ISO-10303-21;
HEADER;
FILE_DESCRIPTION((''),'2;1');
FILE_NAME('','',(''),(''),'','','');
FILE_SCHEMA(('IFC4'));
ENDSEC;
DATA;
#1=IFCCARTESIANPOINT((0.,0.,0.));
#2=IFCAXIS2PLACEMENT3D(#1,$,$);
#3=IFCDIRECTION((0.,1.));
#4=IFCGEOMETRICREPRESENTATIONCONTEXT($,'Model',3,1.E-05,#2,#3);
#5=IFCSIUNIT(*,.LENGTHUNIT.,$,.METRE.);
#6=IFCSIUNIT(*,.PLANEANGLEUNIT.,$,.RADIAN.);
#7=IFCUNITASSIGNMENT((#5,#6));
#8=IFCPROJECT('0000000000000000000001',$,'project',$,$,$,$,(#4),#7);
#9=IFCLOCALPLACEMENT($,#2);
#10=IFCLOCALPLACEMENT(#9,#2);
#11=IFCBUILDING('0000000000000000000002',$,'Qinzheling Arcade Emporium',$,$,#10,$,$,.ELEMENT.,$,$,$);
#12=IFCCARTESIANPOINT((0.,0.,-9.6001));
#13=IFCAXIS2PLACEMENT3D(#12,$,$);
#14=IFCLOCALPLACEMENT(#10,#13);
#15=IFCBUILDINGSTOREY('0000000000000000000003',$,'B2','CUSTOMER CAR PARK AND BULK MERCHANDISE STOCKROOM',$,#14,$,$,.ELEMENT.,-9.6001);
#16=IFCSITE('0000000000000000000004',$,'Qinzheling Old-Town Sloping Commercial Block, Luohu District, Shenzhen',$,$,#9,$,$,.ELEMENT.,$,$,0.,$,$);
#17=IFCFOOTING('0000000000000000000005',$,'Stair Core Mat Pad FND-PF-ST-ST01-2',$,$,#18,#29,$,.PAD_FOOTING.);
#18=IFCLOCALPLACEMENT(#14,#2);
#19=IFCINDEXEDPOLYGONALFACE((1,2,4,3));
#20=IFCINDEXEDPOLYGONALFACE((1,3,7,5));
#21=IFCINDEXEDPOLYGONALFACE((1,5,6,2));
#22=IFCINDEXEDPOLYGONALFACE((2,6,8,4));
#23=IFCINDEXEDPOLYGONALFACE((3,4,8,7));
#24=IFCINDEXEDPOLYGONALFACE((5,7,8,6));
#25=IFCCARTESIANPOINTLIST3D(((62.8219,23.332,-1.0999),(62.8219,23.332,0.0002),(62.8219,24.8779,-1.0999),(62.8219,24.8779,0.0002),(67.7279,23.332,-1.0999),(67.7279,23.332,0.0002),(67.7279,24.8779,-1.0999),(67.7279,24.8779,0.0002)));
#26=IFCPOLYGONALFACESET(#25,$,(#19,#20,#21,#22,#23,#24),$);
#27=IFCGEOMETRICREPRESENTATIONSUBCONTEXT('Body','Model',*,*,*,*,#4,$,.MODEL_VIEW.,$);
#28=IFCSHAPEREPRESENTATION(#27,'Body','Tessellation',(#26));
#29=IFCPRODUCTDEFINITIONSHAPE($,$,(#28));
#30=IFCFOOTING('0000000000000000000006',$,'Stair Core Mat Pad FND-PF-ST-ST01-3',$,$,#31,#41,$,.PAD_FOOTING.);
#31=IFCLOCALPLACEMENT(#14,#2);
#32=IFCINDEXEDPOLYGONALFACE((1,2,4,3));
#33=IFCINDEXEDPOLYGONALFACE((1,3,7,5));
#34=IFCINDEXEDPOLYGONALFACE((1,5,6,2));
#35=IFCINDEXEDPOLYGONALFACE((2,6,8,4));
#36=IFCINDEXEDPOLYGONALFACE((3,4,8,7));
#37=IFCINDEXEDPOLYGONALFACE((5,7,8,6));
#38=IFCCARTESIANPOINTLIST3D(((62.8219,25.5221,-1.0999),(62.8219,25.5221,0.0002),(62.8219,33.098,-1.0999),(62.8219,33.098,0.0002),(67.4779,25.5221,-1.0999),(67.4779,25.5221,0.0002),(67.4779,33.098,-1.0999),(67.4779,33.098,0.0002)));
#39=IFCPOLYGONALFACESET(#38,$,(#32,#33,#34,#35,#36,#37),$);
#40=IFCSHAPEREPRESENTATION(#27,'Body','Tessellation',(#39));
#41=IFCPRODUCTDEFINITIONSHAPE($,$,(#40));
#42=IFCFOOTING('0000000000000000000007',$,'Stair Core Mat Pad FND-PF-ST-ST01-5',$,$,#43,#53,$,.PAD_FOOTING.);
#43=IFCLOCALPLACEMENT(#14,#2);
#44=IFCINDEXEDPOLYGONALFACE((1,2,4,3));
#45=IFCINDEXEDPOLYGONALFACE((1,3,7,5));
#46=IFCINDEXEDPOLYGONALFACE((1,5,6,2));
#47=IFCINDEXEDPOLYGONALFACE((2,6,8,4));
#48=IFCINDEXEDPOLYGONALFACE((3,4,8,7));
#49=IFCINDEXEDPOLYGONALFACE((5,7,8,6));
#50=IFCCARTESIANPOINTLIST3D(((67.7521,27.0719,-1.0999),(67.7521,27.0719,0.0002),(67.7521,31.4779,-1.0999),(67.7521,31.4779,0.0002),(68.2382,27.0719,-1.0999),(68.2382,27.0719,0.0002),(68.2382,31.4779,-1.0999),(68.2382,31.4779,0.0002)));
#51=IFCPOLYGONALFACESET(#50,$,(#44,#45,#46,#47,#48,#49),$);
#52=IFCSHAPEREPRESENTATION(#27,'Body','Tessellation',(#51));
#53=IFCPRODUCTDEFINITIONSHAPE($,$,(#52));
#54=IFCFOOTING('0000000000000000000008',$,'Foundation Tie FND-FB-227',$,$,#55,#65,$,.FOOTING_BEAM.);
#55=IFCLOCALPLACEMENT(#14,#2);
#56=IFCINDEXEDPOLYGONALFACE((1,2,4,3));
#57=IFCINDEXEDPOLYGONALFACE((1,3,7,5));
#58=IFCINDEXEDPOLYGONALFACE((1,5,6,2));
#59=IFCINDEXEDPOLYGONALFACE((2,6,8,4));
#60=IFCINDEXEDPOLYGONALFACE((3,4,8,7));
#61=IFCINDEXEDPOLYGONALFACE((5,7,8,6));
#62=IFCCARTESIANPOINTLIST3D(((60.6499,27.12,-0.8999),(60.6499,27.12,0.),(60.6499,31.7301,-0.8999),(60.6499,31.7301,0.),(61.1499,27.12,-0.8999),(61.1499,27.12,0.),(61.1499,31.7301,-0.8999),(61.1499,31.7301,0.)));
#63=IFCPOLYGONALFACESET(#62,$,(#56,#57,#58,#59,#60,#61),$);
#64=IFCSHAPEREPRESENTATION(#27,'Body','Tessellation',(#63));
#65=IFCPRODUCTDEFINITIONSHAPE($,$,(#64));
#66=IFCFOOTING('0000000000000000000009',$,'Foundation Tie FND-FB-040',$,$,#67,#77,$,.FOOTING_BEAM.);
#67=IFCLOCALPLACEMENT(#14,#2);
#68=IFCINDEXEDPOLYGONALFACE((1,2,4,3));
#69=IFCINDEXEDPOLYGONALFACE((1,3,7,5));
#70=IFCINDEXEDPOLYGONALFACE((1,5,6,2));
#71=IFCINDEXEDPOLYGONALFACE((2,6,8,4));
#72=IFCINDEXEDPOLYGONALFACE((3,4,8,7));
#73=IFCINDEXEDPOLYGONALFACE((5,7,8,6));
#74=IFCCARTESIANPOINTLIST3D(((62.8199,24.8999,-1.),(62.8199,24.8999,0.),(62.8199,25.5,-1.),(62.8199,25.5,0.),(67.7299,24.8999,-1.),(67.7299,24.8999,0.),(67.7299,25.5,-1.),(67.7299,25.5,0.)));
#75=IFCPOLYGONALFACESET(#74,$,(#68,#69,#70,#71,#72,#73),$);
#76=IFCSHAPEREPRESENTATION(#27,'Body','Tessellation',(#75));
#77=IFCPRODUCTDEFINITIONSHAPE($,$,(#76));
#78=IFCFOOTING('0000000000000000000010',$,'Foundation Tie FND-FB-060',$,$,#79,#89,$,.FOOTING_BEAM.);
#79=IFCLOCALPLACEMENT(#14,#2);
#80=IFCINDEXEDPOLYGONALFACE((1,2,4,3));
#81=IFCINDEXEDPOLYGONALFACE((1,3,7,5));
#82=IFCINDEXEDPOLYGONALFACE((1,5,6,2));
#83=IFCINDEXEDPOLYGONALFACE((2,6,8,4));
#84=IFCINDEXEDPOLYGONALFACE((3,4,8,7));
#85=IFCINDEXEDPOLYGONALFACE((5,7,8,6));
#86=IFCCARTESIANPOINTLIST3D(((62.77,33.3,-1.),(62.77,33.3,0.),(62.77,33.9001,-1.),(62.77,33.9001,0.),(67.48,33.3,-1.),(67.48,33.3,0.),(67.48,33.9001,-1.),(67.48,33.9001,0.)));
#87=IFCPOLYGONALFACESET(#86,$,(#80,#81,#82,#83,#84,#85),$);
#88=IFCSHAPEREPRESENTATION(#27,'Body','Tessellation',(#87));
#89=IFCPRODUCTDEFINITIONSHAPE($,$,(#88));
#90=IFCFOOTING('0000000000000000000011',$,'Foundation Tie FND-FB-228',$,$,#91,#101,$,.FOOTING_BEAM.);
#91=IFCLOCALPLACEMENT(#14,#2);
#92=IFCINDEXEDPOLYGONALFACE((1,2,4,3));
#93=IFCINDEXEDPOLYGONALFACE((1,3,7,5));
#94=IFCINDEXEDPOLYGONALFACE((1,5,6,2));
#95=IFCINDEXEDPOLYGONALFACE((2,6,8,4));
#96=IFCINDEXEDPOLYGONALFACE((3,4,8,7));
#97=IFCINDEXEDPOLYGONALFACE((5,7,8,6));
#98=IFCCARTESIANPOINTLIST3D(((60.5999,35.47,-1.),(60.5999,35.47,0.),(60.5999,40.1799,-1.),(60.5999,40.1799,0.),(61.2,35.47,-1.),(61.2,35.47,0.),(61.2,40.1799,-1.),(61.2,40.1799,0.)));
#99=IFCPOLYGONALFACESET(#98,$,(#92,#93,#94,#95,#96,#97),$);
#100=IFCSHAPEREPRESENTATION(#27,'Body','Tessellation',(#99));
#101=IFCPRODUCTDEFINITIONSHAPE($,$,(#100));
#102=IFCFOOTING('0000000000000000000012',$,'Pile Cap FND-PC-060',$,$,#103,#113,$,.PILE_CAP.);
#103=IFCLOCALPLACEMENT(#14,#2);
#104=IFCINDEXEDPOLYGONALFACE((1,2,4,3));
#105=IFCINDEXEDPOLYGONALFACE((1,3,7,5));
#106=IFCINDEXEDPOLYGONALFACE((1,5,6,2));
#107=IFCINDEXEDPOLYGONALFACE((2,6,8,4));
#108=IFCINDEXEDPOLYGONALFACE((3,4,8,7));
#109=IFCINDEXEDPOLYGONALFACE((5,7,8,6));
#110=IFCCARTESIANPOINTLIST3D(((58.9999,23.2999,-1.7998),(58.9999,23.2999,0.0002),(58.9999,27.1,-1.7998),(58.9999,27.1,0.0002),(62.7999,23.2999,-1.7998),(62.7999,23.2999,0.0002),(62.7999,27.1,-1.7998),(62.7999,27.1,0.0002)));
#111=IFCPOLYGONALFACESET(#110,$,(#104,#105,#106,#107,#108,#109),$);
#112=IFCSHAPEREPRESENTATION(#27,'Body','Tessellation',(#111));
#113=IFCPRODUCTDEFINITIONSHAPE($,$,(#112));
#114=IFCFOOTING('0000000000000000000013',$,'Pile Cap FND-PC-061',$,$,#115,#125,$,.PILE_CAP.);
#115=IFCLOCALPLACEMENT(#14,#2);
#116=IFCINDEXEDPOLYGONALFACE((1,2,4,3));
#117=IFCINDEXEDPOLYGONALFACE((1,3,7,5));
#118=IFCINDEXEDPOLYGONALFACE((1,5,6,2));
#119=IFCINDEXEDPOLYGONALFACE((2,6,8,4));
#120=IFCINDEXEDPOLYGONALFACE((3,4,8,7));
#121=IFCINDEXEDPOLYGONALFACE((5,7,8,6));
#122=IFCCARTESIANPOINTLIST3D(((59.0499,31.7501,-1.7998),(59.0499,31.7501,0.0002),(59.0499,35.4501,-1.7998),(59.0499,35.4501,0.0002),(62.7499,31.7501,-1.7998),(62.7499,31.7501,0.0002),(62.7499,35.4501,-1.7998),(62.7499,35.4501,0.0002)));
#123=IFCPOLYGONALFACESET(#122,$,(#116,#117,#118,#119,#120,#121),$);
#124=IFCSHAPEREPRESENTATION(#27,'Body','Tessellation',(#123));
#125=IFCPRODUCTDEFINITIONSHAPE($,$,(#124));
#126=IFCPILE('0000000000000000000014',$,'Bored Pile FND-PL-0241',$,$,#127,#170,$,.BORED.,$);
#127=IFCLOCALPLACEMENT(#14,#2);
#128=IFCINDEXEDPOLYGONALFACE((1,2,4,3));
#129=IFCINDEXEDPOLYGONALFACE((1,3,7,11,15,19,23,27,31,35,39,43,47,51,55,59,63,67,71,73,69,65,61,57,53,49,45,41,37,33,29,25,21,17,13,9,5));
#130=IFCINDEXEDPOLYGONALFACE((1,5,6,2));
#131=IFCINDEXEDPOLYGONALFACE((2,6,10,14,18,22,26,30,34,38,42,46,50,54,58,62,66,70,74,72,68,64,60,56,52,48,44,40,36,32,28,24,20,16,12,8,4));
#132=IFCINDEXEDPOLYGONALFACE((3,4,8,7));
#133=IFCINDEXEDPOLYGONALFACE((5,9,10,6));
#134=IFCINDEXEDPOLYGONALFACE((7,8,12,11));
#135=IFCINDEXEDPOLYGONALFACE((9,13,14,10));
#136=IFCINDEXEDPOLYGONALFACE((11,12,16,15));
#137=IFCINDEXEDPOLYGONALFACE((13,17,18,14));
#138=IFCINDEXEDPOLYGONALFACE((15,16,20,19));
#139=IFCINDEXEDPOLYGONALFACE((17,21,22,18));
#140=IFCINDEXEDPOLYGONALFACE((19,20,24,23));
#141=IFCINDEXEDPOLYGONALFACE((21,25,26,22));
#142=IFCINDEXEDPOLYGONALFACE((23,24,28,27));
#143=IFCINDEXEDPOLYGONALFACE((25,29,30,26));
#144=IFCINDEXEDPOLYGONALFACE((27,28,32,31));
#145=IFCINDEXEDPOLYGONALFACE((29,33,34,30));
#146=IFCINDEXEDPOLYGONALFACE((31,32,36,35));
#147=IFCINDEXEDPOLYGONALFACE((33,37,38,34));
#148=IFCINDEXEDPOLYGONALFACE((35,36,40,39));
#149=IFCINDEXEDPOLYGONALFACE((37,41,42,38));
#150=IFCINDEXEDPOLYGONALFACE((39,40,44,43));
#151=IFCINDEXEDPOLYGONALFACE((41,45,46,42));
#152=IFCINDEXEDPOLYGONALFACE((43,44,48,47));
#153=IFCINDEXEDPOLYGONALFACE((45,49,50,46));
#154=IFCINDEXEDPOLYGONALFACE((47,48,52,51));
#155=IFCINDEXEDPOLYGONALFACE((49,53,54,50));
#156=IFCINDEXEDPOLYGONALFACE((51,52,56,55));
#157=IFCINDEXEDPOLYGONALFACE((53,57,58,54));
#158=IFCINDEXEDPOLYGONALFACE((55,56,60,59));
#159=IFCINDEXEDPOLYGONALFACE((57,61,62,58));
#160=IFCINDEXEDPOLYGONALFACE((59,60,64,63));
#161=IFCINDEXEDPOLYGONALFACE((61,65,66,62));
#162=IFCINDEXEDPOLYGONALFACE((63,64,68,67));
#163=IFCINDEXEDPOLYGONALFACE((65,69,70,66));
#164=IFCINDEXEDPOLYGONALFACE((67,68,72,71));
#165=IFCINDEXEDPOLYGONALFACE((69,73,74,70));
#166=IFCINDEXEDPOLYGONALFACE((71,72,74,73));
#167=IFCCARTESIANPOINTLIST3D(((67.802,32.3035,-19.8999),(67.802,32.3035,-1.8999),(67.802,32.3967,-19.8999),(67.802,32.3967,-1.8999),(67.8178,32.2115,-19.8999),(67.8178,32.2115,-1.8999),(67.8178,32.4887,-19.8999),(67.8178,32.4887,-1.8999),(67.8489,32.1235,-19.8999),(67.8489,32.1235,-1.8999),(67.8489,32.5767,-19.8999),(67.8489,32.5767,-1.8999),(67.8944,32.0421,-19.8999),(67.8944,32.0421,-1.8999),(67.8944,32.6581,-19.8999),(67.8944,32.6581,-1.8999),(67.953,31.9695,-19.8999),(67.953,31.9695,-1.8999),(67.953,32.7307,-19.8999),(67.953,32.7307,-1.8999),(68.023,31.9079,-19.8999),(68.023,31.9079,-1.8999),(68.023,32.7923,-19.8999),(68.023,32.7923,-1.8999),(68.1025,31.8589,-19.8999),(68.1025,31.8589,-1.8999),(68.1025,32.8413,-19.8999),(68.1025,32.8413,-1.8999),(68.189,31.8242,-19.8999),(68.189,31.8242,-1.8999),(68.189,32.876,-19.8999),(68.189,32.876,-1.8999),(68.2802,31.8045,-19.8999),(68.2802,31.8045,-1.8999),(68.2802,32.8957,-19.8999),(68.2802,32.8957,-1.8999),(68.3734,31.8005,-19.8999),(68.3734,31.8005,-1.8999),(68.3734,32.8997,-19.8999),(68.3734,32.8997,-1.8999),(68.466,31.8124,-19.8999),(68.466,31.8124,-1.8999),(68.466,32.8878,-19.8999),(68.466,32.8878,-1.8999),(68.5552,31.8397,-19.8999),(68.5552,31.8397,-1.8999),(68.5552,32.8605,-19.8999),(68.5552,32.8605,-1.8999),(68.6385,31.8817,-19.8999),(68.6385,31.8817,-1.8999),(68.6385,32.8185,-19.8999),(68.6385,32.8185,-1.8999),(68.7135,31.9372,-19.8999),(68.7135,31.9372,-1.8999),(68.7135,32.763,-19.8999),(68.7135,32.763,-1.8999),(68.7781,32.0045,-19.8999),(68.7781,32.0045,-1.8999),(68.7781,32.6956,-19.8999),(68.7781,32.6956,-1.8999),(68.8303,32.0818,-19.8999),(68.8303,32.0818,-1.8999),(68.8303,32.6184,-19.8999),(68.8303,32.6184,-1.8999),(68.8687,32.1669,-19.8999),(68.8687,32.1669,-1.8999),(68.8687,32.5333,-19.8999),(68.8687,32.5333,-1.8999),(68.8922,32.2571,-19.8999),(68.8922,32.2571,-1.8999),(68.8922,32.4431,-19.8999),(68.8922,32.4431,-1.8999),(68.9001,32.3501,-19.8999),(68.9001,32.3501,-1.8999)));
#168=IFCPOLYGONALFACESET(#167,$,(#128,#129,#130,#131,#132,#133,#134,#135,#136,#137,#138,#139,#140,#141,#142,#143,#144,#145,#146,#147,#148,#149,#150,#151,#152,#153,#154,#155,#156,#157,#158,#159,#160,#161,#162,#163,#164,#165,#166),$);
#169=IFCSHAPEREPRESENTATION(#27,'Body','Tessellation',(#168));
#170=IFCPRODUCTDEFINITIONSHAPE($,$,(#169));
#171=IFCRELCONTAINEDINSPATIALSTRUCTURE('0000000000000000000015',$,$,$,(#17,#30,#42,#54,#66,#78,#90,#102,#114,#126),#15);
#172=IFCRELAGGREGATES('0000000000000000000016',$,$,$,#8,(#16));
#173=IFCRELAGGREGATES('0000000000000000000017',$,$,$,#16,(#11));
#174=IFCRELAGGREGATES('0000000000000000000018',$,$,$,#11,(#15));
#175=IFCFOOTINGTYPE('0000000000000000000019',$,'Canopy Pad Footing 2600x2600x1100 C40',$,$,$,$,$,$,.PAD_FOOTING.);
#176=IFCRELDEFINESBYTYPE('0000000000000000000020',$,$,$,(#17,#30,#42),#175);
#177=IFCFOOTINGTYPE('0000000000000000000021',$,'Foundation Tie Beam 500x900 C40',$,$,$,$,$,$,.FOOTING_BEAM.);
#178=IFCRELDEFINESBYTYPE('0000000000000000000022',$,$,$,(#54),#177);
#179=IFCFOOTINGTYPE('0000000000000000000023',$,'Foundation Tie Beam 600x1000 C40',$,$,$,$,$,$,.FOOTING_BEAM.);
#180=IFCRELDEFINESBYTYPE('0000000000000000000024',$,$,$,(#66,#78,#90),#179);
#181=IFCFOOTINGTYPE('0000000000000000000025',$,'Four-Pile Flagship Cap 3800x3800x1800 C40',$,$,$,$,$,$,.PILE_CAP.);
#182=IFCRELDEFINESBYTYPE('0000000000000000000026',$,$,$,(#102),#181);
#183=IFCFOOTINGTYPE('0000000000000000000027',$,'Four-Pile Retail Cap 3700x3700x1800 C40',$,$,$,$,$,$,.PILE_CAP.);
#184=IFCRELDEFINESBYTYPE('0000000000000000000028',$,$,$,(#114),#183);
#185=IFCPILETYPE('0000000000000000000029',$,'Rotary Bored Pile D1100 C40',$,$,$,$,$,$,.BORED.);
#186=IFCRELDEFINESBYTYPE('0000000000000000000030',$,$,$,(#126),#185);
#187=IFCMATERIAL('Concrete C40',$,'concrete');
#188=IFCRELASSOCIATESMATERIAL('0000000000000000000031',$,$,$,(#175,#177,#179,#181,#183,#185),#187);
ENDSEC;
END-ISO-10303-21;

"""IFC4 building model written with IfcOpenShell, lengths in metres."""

from ifc_helpers import new_model, si_unit, direction, frame, origin, origin_2d, place, context, subcontext, project, spatial, rectangle, circle, extrude, material, material_profile, profile_set, type_object, element, save


model = new_model("IFC4")

# Units and contexts
model_context = context("Model", 3, precision=1e-05, world=origin(), true_north=direction((0.0, 1.0)))
body_context = subcontext(model_context, "Body", "Model", "MODEL_VIEW")
ifc_project = project(units=[si_unit("LENGTHUNIT", "METRE"), si_unit("PLANEANGLEUNIT", "RADIAN")], contexts=[model_context])

# Site, building, storey
site_placement = place(None, origin())
site = spatial("IfcSite", under=ifc_project, at=site_placement, Name="Qinzheling Old-Town Sloping Commercial Block, Luohu District, Shenzhen", CompositionType="ELEMENT", RefElevation=0.0)
building_placement = place(site_placement, origin())
building = spatial("IfcBuilding", under=site, at=building_placement, Name="Qinzheling Arcade Emporium", CompositionType="ELEMENT")
storey_placement = place(building_placement, frame((0.0, 0.0, -9.6001)))
storey = spatial("IfcBuildingStorey", under=building, at=storey_placement, Name="B2", Description="CUSTOMER CAR PARK AND BULK MERCHANDISE STOCKROOM", CompositionType="ELEMENT", Elevation=-9.6001)

# Footings
ifc_material_1 = material(Name="Concrete C40", Category="concrete")
footing_type_1 = type_object("IfcFootingType", Name="Canopy Pad Footing 2600x2600x1100 C40", PredefinedType="PAD_FOOTING", material=ifc_material_1)
footing_1_placement = place(storey_placement, frame((65.2749, 24.105, -1.0999), z_axis=(0.0, 0.0, 1.0), x_axis=(1.0, 0.0, 0.0)))
element("IfcFooting", 1, at=footing_1_placement, inside=storey, type_object=footing_type_1, Name="Stair Core Mat Pad FND-PF-ST-ST01-2", PredefinedType="PAD_FOOTING", context=body_context, shape_type="SweptSolid", body=[
    extrude(rectangle(XDim=4.906, YDim=1.5459, at=origin_2d()), origin(), (0.0, 0.0, 1.0), 1.1001),
])
footing_2_placement = place(storey_placement, frame((65.1499, 29.3101, -1.0999), z_axis=(0.0, 0.0, 1.0), x_axis=(1.0, 0.0, 0.0)))
element("IfcFooting", 2, at=footing_2_placement, inside=storey, type_object=footing_type_1, Name="Stair Core Mat Pad FND-PF-ST-ST01-3", PredefinedType="PAD_FOOTING", context=body_context, shape_type="SweptSolid", body=[
    extrude(rectangle(XDim=4.656, YDim=7.5759, at=origin_2d()), origin(), (0.0, 0.0, 1.0), 1.1001),
])
footing_3_placement = place(storey_placement, frame((67.9951, 29.2749, -1.0999), z_axis=(0.0, 0.0, 1.0), x_axis=(1.0, 0.0, 0.0)))
element("IfcFooting", 3, at=footing_3_placement, inside=storey, type_object=footing_type_1, Name="Stair Core Mat Pad FND-PF-ST-ST01-5", PredefinedType="PAD_FOOTING", context=body_context, shape_type="SweptSolid", body=[
    extrude(rectangle(XDim=0.4861, YDim=4.406, at=origin_2d()), origin(), (0.0, 0.0, 1.0), 1.1001),
])
footing_type_2 = type_object("IfcFootingType", Name="Foundation Tie Beam 500x900 C40", PredefinedType="FOOTING_BEAM", material=ifc_material_1)
footing_4_placement = place(storey_placement, frame((60.8999, 29.425, -0.8999), z_axis=(0.0, 0.0, 1.0), x_axis=(1.0, 0.0, 0.0)))
element("IfcFooting", 4, at=footing_4_placement, inside=storey, type_object=footing_type_2, Name="Foundation Tie FND-FB-227", PredefinedType="FOOTING_BEAM", context=body_context, shape_type="SweptSolid", body=[
    extrude(rectangle(XDim=0.5, YDim=4.6101, at=origin_2d()), origin(), (0.0, 0.0, 1.0), 0.8999),
])
footing_type_3 = type_object("IfcFootingType", Name="Foundation Tie Beam 600x1000 C40", PredefinedType="FOOTING_BEAM", material=ifc_material_1)
footing_5_placement = place(storey_placement, frame((65.2749, 25.2, -1.0), z_axis=(0.0, 0.0, 1.0), x_axis=(1.0, 0.0, 0.0)))
element("IfcFooting", 5, at=footing_5_placement, inside=storey, type_object=footing_type_3, Name="Foundation Tie FND-FB-040", PredefinedType="FOOTING_BEAM", context=body_context, shape_type="SweptSolid", body=[
    extrude(rectangle(XDim=4.9099, YDim=0.6001, at=origin_2d()), origin(), (0.0, 0.0, 1.0), 1.0),
])
footing_6_placement = place(storey_placement, frame((65.125, 33.6001, -1.0), z_axis=(0.0, 0.0, 1.0), x_axis=(1.0, 0.0, 0.0)))
element("IfcFooting", 6, at=footing_6_placement, inside=storey, type_object=footing_type_3, Name="Foundation Tie FND-FB-060", PredefinedType="FOOTING_BEAM", context=body_context, shape_type="SweptSolid", body=[
    extrude(rectangle(XDim=4.71, YDim=0.6001, at=origin_2d()), origin(), (0.0, 0.0, 1.0), 1.0),
])
footing_7_placement = place(storey_placement, frame((60.8999, 37.825, -1.0), z_axis=(0.0, 0.0, 1.0), x_axis=(1.0, 0.0, 0.0)))
element("IfcFooting", 7, at=footing_7_placement, inside=storey, type_object=footing_type_3, Name="Foundation Tie FND-FB-228", PredefinedType="FOOTING_BEAM", context=body_context, shape_type="SweptSolid", body=[
    extrude(rectangle(XDim=0.6001, YDim=4.71, at=origin_2d()), origin(), (0.0, 0.0, 1.0), 1.0),
])
footing_type_4 = type_object("IfcFootingType", Name="Four-Pile Flagship Cap 3800x3800x1800 C40", PredefinedType="PILE_CAP", material=ifc_material_1)
footing_8_placement = place(storey_placement, frame((60.8999, 25.2, -1.7998), z_axis=(0.0, 0.0, 1.0), x_axis=(1.0, 0.0, 0.0)))
element("IfcFooting", 8, at=footing_8_placement, inside=storey, type_object=footing_type_4, Name="Pile Cap FND-PC-060", PredefinedType="PILE_CAP", context=body_context, shape_type="SweptSolid", body=[
    extrude(rectangle(XDim=3.8, YDim=3.8, at=origin_2d()), origin(), (0.0, 0.0, 1.0), 1.8),
])
footing_type_5 = type_object("IfcFootingType", Name="Four-Pile Retail Cap 3700x3700x1800 C40", PredefinedType="PILE_CAP", material=ifc_material_1)
footing_9_placement = place(storey_placement, frame((60.8999, 33.6001, -1.7998), z_axis=(0.0, 0.0, 1.0), x_axis=(1.0, 0.0, 0.0)))
element("IfcFooting", 9, at=footing_9_placement, inside=storey, type_object=footing_type_5, Name="Pile Cap FND-PC-061", PredefinedType="PILE_CAP", context=body_context, shape_type="SweptSolid", body=[
    extrude(rectangle(XDim=3.7, YDim=3.7, at=origin_2d()), origin(), (0.0, 0.0, 1.0), 1.8),
])

# Pile
ifc_material_profile_1 = material_profile(ifc_material_1, circle(Radius=0.55, at=origin_2d()), Name="BORED D1100", Category="concrete")
ifc_profile_set_1 = profile_set([ifc_material_profile_1], Name="Concrete C40")
pile_type_1 = type_object("IfcPileType", Name="Rotary Bored Pile D1100 C40", PredefinedType="BORED", material=ifc_profile_set_1)
pile_placement = place(storey_placement, frame((68.3501, 32.3501, -1.8999), z_axis=(0.0, 0.0, -1.0), x_axis=(1.0, 0.0, 0.0)))
element("IfcPile", 10, at=pile_placement, inside=storey, type_object=pile_type_1, Name="Bored Pile FND-PL-0241", PredefinedType="BORED", context=body_context, shape_type="SweptSolid", body=[
    extrude(circle(Radius=0.55, at=origin_2d()), origin(), (0.0, 0.0, 1.0), 18.0),
])

save(model, "model.ifc")
